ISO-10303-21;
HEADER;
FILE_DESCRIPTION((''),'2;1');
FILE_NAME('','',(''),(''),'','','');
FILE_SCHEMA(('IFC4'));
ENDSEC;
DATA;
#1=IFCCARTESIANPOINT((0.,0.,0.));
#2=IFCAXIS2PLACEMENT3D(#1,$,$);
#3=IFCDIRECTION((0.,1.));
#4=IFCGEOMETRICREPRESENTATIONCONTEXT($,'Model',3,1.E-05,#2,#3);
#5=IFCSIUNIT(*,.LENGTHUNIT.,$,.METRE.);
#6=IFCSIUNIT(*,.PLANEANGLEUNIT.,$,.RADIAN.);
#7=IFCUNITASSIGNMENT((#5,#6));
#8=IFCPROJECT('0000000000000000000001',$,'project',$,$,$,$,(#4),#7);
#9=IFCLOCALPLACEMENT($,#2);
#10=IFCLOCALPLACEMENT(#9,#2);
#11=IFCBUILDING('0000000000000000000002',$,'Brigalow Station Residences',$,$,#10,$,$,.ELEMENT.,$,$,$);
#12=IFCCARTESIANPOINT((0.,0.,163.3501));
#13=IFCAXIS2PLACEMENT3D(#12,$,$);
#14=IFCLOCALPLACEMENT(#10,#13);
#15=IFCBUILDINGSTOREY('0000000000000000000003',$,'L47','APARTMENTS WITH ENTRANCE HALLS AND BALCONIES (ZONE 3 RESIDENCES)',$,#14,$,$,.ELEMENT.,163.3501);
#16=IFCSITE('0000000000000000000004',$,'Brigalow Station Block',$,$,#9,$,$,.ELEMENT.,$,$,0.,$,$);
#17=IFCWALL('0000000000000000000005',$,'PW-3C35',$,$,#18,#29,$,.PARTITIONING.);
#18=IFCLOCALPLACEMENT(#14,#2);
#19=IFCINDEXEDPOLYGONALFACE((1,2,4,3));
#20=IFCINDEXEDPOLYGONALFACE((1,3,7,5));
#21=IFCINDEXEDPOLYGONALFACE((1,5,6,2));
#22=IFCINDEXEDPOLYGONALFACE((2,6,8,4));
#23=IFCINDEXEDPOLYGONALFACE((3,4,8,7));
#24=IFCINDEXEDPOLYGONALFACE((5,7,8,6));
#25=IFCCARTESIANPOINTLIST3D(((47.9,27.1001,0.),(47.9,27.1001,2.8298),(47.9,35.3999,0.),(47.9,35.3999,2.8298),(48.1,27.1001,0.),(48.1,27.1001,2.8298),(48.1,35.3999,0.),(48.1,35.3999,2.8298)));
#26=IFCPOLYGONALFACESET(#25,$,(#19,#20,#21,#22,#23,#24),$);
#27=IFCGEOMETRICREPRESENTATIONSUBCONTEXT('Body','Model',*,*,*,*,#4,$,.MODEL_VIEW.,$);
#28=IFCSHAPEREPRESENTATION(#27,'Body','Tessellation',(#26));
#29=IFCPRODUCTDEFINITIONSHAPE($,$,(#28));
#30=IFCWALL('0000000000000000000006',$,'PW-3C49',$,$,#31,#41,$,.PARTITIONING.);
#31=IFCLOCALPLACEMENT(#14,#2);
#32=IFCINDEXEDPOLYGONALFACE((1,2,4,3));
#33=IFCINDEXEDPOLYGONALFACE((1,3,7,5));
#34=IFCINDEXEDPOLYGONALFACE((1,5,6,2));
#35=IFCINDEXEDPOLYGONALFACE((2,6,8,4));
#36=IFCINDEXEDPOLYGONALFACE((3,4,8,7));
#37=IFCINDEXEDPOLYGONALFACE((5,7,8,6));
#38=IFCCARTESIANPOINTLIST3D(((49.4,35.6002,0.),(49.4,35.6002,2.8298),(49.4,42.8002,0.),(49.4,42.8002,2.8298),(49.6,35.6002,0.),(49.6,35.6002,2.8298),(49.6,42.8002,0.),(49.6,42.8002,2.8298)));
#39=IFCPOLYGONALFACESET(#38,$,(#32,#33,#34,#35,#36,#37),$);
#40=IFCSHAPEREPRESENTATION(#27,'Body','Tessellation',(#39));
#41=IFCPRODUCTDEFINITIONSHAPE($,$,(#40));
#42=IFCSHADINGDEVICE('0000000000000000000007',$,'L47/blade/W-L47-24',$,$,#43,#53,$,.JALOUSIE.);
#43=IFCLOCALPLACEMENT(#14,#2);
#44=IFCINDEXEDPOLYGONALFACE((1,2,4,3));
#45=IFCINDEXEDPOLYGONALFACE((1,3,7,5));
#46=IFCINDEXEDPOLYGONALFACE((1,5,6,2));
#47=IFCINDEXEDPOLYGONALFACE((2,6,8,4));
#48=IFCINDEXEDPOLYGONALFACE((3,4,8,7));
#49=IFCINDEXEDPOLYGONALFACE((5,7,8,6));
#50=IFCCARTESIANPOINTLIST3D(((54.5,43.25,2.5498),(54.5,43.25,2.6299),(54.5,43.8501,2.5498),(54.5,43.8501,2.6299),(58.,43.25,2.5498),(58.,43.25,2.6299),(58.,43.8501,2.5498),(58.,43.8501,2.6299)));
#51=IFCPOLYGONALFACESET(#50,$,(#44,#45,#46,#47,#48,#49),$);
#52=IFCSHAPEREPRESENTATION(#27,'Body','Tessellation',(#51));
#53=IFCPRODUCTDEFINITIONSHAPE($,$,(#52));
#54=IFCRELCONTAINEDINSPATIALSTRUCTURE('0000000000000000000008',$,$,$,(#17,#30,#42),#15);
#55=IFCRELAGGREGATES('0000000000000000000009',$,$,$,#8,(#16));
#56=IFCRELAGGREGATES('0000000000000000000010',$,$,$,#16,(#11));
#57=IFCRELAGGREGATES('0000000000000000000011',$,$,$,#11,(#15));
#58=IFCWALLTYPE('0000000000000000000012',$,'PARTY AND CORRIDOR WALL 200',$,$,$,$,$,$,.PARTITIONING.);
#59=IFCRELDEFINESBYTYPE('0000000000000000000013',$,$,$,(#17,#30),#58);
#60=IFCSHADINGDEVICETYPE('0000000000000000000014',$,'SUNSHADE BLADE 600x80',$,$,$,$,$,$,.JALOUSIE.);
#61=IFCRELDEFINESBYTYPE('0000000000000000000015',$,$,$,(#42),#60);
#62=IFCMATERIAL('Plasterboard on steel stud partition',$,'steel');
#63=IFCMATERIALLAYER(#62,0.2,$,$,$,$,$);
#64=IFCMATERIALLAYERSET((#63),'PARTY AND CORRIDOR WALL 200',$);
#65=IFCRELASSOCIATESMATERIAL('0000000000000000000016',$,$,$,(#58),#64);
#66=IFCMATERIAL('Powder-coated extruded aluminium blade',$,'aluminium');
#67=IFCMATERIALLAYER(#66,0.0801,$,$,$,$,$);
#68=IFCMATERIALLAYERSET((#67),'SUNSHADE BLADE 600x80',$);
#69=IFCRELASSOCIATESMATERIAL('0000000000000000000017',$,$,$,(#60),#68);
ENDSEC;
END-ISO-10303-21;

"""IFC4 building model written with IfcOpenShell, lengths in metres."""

from ifc_helpers import new_model, si_unit, direction, frame, frame_2d, origin, origin_2d, place, context, subcontext, project, spatial, rectangle, extrude, material, layer, layer_set, type_object, element, save


model = new_model("IFC4")

# Units and contexts
model_context = context("Model", 3, precision=1e-05, world=origin(), true_north=direction((0.0, 1.0)))
body_context = subcontext(model_context, "Body", "Model", "MODEL_VIEW")
ifc_project = project(units=[si_unit("LENGTHUNIT", "METRE"), si_unit("PLANEANGLEUNIT", "RADIAN")], contexts=[model_context])

# Site, building, storey
site_placement = place(None, origin())
site = spatial("IfcSite", under=ifc_project, at=site_placement, Name="Brigalow Station Block", CompositionType="ELEMENT", RefElevation=0.0)
building_placement = place(site_placement, origin())
building = spatial("IfcBuilding", under=site, at=building_placement, Name="Brigalow Station Residences", CompositionType="ELEMENT")
storey_placement = place(building_placement, frame((0.0, 0.0, 163.3501)))
storey = spatial("IfcBuildingStorey", under=building, at=storey_placement, Name="L47", Description="APARTMENTS WITH ENTRANCE HALLS AND BALCONIES (ZONE 3 RESIDENCES)", CompositionType="ELEMENT", Elevation=163.3501)

# Walls
ifc_material_1 = material(Name="Plasterboard on steel stud partition", Category="steel")
ifc_layer_1 = layer(ifc_material_1, 0.2)
ifc_layer_set_1 = layer_set([ifc_layer_1], Name="PARTY AND CORRIDOR WALL 200")
wall_type_1 = type_object("IfcWallType", Name="PARTY AND CORRIDOR WALL 200", PredefinedType="PARTITIONING", material=ifc_layer_set_1)
wall_1_placement = place(storey_placement, frame((48.0, 27.1001, 0.0), z_axis=(0.0, 0.0, 1.0), x_axis=(0.0, 1.0, 0.0)))
element("IfcWall", 1, at=wall_1_placement, inside=storey, type_object=wall_type_1, Name="PW-3C35", PredefinedType="PARTITIONING", context=body_context, shape_type="SweptSolid", body=[
    extrude(rectangle(XDim=8.2998, YDim=0.2, at=frame_2d((4.1499, 0.0))), origin(), (0.0, 0.0, 1.0), 2.8298),
])
wall_2_placement = place(storey_placement, frame((49.5, 35.6001, 0.0), z_axis=(0.0, 0.0, 1.0), x_axis=(0.0, 1.0, 0.0)))
element("IfcWall", 2, at=wall_2_placement, inside=storey, type_object=wall_type_1, Name="PW-3C49", PredefinedType="PARTITIONING", context=body_context, shape_type="SweptSolid", body=[
    extrude(rectangle(XDim=7.2, YDim=0.2, at=frame_2d((3.6001, 0.0))), origin(), (0.0, 0.0, 1.0), 2.8298),
])

# Shading device
ifc_material_2 = material(Name="Powder-coated extruded aluminium blade", Category="aluminium")
ifc_layer_2 = layer(ifc_material_2, 0.0801)
ifc_layer_set_2 = layer_set([ifc_layer_2], Name="SUNSHADE BLADE 600x80")
shading_device_type = type_object("IfcShadingDeviceType", Name="SUNSHADE BLADE 600x80", PredefinedType="JALOUSIE", material=ifc_layer_set_2)
shading_device_placement = place(storey_placement, frame((56.25, 43.55, 2.5498), z_axis=(0.0, 0.0, 1.0), x_axis=(-1.0, 0.0, 0.0)))
element("IfcShadingDevice", 3, at=shading_device_placement, inside=storey, type_object=shading_device_type, Name="L47/blade/W-L47-24", PredefinedType="JALOUSIE", context=body_context, shape_type="SweptSolid", body=[
    extrude(rectangle(XDim=3.5, YDim=0.6001, at=origin_2d()), origin(), (0.0, 0.0, 1.0), 0.0801),
])

save(model, "model.ifc")
